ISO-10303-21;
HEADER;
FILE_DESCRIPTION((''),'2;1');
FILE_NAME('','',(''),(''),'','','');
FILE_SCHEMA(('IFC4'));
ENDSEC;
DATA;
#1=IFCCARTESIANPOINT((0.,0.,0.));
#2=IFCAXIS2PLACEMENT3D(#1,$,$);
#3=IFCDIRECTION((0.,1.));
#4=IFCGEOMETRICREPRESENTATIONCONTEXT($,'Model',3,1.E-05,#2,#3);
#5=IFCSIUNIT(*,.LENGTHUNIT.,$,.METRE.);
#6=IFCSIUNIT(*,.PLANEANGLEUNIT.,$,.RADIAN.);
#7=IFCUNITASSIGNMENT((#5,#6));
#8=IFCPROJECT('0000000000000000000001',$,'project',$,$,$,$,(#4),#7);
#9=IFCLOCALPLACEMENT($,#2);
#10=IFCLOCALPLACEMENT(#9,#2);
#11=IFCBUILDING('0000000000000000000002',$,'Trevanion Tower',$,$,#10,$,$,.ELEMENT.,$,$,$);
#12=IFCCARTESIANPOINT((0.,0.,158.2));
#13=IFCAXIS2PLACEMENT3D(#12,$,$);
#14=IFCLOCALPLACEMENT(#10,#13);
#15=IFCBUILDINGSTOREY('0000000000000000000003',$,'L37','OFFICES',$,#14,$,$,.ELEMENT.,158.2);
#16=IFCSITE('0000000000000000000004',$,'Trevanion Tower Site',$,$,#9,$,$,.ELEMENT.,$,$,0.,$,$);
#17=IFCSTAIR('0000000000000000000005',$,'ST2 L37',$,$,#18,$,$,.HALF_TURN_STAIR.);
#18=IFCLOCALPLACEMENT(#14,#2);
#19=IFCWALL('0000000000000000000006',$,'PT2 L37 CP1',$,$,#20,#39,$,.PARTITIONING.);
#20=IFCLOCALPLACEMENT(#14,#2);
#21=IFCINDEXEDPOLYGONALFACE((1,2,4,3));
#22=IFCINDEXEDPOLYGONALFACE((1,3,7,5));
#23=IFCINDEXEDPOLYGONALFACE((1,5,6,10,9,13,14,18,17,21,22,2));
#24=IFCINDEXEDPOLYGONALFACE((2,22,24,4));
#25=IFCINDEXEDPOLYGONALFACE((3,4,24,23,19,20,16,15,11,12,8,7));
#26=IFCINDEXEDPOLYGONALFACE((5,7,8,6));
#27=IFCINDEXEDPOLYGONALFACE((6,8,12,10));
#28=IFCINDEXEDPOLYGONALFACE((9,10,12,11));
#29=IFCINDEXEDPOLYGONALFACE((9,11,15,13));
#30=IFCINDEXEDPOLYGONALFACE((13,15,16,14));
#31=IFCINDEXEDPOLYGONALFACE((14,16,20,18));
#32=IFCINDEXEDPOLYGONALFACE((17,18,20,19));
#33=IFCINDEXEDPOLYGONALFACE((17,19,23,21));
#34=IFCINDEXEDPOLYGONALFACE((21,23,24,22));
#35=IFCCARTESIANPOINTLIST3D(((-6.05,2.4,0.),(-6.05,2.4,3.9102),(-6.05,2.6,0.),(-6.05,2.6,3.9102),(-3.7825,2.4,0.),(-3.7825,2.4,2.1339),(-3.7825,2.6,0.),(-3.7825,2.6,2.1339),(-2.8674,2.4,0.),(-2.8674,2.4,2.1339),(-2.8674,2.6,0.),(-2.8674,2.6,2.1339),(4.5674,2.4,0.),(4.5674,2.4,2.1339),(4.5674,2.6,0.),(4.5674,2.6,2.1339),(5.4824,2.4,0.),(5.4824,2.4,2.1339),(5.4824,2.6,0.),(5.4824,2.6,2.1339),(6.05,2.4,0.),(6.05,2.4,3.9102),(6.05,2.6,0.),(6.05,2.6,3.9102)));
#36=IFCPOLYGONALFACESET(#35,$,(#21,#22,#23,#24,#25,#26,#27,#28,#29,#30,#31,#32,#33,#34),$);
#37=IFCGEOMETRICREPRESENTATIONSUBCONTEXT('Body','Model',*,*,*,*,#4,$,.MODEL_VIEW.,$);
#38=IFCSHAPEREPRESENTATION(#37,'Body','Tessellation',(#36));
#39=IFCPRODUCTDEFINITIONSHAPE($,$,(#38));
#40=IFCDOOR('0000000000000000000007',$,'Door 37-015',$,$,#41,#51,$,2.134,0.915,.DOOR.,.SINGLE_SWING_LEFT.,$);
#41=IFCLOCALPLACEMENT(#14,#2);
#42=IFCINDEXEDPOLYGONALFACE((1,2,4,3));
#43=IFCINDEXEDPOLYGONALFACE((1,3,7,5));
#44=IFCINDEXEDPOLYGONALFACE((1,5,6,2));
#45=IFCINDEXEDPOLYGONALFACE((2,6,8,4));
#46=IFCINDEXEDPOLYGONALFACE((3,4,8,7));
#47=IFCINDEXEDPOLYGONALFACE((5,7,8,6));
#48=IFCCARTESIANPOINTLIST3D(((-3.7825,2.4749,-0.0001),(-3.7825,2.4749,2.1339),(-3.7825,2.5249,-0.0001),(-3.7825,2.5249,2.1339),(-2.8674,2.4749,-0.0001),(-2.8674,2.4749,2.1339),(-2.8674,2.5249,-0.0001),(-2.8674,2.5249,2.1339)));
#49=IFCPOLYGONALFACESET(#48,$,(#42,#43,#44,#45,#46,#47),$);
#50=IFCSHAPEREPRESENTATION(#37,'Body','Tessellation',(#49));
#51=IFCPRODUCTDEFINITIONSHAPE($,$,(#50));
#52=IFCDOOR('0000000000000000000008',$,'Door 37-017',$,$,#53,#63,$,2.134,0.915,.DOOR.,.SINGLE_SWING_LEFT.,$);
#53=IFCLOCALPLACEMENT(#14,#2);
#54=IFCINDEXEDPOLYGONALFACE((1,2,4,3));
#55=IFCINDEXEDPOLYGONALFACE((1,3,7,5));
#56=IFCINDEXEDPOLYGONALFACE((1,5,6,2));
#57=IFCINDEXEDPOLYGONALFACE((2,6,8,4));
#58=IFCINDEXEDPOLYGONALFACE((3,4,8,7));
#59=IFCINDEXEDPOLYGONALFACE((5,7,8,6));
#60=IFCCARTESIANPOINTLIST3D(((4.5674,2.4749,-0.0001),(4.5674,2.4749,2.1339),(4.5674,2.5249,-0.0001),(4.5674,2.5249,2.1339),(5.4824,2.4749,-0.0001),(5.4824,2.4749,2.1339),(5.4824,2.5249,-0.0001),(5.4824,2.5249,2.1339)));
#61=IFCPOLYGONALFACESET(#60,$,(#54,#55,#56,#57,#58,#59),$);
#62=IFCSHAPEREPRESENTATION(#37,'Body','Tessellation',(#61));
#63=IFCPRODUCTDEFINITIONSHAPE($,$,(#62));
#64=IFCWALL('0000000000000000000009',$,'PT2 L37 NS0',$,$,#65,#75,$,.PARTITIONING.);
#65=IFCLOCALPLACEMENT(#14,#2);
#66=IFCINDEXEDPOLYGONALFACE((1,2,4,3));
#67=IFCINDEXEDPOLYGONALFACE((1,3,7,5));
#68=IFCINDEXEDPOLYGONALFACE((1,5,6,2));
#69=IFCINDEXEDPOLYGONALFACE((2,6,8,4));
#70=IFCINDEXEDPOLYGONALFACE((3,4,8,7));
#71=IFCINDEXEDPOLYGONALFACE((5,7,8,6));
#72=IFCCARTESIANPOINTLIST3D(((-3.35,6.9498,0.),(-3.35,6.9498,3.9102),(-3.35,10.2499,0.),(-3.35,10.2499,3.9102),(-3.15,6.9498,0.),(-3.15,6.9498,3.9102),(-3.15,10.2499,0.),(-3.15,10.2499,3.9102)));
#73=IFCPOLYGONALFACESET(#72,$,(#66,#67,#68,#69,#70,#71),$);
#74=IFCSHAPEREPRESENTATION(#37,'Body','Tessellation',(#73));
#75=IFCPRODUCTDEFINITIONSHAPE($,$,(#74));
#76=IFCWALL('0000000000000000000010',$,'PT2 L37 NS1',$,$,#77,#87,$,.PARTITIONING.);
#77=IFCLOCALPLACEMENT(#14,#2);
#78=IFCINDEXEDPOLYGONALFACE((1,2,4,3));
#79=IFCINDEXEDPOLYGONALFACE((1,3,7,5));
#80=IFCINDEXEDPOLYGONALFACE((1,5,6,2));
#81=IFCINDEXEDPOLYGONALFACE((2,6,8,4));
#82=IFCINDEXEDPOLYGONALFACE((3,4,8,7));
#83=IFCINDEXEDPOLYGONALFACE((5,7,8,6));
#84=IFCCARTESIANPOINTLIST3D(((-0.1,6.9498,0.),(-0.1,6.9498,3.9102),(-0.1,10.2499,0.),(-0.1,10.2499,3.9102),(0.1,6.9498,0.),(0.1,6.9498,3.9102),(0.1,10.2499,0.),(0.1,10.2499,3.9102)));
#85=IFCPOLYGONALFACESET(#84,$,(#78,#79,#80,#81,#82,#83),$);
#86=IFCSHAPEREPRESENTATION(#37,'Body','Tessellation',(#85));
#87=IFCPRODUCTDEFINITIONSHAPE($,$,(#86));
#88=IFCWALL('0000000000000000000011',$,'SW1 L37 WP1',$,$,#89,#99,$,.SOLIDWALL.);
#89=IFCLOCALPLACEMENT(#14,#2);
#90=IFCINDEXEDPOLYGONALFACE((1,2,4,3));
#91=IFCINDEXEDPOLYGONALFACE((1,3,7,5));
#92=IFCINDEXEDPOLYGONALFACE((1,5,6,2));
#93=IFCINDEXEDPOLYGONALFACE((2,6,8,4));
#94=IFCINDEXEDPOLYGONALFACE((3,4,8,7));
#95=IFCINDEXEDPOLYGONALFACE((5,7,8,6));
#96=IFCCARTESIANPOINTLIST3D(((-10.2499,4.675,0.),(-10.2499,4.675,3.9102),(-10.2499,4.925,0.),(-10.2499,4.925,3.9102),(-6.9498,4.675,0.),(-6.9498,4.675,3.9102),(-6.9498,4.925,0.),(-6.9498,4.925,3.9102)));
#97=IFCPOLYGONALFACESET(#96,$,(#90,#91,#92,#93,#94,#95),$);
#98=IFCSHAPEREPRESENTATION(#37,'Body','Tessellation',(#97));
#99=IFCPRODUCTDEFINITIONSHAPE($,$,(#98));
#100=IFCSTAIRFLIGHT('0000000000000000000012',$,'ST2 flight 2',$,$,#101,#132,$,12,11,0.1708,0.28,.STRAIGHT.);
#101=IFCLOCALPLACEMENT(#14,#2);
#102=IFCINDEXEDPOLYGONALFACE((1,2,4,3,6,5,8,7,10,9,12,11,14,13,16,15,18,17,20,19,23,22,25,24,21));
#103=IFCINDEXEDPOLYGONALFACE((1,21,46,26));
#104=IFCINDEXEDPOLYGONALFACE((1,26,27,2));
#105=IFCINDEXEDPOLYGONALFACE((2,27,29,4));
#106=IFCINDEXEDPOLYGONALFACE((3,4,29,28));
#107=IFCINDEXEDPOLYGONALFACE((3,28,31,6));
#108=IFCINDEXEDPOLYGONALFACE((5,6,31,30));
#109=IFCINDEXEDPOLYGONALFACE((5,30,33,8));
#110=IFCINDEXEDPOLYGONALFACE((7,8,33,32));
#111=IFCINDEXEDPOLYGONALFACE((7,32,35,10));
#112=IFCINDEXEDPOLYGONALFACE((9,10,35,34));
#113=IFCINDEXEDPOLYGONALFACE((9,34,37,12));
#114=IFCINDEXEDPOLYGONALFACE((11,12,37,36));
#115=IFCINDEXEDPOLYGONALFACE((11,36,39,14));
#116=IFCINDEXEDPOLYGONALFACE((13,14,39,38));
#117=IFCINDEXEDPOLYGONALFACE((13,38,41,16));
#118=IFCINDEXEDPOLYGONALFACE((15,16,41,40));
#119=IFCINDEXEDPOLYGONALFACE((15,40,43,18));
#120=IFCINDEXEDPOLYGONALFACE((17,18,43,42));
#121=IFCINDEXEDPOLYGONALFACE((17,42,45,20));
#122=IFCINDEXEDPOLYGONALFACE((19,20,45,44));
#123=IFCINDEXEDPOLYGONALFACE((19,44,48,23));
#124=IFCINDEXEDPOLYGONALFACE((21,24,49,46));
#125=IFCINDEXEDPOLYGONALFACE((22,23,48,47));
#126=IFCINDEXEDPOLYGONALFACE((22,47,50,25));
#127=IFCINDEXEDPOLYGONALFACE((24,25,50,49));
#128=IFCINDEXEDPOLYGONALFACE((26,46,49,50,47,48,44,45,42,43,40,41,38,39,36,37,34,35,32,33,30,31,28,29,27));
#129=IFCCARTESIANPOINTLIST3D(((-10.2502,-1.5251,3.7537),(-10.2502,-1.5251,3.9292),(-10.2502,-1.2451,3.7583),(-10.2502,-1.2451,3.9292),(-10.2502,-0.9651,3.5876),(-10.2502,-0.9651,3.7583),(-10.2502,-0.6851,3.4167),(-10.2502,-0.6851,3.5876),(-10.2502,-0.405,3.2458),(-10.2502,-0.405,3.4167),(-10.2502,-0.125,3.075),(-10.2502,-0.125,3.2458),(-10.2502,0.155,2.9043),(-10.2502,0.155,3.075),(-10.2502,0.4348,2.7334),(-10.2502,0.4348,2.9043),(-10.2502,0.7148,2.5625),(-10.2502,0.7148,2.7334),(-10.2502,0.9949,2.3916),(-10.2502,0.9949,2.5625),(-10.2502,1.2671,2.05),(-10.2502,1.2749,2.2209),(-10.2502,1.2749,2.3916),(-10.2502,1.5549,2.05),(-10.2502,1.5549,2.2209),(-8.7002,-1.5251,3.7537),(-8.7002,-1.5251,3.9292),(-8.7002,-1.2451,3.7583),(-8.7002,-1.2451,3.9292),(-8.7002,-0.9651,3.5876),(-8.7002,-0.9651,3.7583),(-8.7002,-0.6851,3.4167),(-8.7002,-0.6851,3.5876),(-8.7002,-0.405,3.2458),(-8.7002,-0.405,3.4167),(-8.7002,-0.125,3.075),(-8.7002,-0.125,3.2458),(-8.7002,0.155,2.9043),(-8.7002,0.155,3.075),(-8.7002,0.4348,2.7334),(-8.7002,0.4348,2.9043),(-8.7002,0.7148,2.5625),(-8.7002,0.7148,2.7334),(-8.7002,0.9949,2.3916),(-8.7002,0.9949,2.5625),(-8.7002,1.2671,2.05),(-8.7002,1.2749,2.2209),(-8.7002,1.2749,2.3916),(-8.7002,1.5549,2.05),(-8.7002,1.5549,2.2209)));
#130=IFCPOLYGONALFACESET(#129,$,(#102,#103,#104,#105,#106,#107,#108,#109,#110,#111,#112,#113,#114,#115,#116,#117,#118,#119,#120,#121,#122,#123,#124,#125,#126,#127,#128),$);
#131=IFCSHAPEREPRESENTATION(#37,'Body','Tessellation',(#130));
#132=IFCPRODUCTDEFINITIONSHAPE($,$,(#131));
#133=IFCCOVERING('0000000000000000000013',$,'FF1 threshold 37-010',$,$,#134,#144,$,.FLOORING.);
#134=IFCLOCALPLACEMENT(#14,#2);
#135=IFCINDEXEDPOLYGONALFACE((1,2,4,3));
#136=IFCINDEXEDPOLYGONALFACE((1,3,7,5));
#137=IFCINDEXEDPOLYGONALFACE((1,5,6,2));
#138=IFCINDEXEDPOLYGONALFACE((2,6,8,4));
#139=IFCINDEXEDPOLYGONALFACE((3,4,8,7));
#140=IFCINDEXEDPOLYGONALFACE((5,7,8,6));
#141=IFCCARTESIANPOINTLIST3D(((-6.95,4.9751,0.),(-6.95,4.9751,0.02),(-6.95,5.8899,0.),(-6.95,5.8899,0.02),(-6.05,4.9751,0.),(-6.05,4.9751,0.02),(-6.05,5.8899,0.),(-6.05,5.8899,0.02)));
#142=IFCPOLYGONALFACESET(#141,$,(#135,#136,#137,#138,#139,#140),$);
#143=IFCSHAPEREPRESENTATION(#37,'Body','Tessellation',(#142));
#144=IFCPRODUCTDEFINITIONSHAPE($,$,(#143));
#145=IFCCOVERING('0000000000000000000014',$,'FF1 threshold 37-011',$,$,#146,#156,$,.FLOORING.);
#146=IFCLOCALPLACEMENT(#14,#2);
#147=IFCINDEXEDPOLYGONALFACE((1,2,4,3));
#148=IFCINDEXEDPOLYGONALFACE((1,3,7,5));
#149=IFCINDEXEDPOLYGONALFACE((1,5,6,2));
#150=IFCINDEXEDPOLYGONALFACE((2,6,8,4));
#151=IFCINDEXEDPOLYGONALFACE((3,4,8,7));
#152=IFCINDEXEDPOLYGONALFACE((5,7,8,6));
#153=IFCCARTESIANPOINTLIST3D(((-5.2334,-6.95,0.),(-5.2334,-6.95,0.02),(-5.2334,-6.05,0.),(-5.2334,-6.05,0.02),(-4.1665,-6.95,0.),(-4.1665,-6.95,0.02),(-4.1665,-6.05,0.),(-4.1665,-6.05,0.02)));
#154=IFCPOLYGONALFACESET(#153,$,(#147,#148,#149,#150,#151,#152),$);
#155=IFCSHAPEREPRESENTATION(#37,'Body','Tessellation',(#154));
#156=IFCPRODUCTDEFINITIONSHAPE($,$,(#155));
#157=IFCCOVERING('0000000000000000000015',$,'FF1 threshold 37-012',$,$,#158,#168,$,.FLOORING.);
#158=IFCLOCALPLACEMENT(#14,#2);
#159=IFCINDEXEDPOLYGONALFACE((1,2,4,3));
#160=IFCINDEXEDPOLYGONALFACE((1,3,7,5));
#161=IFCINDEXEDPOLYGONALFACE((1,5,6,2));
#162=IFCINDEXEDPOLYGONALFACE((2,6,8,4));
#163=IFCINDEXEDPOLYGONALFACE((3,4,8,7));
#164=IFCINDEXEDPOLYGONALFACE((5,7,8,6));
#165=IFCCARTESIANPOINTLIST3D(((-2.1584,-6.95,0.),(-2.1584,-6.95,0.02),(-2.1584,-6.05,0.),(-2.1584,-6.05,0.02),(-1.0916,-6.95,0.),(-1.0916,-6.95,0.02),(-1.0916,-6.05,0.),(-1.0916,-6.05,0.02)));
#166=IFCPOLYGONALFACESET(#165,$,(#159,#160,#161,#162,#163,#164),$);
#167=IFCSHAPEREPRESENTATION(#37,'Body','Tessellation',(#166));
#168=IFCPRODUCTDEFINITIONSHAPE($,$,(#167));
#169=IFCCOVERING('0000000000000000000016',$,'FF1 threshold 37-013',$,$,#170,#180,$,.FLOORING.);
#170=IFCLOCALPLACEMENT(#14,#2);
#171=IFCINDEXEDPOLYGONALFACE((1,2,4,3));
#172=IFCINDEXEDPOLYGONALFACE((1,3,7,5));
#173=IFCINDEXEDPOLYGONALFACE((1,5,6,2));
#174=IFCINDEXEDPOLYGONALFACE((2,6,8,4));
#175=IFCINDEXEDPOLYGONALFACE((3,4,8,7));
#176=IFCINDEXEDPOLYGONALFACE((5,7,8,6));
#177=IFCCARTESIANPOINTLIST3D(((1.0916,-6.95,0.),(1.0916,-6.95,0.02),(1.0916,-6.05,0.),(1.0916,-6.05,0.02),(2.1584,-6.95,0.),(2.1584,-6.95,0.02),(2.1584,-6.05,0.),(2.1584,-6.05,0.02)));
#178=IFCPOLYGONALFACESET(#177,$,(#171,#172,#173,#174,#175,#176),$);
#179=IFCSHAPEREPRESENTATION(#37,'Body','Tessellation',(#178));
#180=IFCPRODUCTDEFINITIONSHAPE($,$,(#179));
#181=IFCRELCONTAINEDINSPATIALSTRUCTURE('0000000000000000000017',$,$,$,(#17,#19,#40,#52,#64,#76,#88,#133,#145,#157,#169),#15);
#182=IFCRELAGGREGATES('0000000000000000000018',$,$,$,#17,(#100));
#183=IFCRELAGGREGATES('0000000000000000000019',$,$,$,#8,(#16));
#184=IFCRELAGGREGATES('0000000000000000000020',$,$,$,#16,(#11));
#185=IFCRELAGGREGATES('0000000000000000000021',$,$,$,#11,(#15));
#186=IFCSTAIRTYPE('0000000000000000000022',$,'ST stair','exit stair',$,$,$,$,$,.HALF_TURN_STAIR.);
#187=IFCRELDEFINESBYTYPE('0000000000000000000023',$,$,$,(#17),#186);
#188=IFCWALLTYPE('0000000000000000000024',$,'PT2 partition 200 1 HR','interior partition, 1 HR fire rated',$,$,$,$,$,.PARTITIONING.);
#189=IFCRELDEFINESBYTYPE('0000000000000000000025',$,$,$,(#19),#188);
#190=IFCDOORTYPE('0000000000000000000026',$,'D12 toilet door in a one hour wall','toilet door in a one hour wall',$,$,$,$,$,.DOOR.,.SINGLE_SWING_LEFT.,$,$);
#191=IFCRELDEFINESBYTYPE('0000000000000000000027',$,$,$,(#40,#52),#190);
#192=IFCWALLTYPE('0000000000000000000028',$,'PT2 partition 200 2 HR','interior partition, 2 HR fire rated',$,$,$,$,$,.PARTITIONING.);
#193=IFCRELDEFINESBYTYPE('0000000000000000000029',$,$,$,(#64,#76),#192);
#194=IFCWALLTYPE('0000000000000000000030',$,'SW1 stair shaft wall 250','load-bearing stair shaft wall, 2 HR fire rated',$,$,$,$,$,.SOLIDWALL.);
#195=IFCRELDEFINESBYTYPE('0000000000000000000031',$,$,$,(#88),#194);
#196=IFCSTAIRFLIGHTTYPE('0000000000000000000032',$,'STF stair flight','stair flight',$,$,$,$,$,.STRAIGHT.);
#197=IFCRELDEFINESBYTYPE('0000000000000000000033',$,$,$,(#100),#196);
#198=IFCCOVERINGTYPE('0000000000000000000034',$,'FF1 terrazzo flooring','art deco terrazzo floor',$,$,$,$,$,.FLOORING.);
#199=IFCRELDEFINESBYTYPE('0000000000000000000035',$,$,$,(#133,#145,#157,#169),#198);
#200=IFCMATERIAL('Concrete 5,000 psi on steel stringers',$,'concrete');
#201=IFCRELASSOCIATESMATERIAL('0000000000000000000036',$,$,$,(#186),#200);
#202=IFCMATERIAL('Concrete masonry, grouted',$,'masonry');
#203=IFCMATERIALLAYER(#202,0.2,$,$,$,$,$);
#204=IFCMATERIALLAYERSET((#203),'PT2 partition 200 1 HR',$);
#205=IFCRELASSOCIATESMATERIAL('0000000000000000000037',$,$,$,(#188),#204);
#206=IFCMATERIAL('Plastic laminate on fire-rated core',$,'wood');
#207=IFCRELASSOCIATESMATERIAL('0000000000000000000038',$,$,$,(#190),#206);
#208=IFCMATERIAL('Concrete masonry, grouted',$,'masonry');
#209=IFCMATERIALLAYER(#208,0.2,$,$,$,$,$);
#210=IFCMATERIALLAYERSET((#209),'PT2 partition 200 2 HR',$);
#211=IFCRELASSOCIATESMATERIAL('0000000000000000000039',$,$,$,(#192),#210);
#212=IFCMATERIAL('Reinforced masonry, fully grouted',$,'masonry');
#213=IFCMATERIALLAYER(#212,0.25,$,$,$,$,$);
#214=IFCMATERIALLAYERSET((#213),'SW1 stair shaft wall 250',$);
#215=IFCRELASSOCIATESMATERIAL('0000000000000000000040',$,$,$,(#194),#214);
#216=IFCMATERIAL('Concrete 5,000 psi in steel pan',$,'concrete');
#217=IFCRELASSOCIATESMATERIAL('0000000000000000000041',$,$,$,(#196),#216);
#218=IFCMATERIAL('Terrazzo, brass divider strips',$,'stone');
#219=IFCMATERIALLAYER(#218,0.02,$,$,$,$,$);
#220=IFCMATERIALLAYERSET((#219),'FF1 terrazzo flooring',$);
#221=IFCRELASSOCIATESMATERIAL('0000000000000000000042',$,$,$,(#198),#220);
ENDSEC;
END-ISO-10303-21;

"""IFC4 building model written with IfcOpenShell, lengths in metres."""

from ifc_helpers import new_model, si_unit, direction, frame, frame_2d, origin, place, context, subcontext, project, spatial, polyline, rectangle, outline, extrude, material, layer, layer_set, type_object, element, fill, aggregate, save


model = new_model("IFC4")

# Units and contexts
model_context = context("Model", 3, precision=1e-05, world=origin(), true_north=direction((0.0, 1.0)))
body_context = subcontext(model_context, "Body", "Model", "MODEL_VIEW")
ifc_project = project(units=[si_unit("LENGTHUNIT", "METRE"), si_unit("PLANEANGLEUNIT", "RADIAN")], contexts=[model_context])

# Site, building, storey
site_placement = place(None, origin())
site = spatial("IfcSite", under=ifc_project, at=site_placement, Name="Trevanion Tower Site", CompositionType="ELEMENT", RefElevation=0.0)
building_placement = place(site_placement, origin())
building = spatial("IfcBuilding", under=site, at=building_placement, Name="Trevanion Tower", CompositionType="ELEMENT")
storey_placement = place(building_placement, frame((0.0, 0.0, 158.2)))
storey = spatial("IfcBuildingStorey", under=building, at=storey_placement, Name="L37", Description="OFFICES", CompositionType="ELEMENT", Elevation=158.2)

# Shared definitions
ifc_material_1 = material(Name="Concrete 5,000 psi on steel stringers", Category="concrete")
stair_type = type_object("IfcStairType", Name="ST stair", Description="exit stair", PredefinedType="HALF_TURN_STAIR", material=ifc_material_1)

# Stair
stair_1_placement = place(storey_placement, origin())
stair_1 = element("IfcStair", 1, at=stair_1_placement, inside=storey, type_object=stair_type, Name="ST2 L37", PredefinedType="HALF_TURN_STAIR")

# Wall, openings, doors
ifc_material_2 = material(Name="Concrete masonry, grouted", Category="masonry")
ifc_layer_1 = layer(ifc_material_2, 0.2)
ifc_layer_set_1 = layer_set([ifc_layer_1], Name="PT2 partition 200 1 HR")
wall_type_1 = type_object("IfcWallType", Name="PT2 partition 200 1 HR", Description="interior partition, 1 HR fire rated", PredefinedType="PARTITIONING", material=ifc_layer_set_1)
wall_1_placement = place(storey_placement, frame((-6.05, 2.5, 0.0), z_axis=(0.0, 0.0, 1.0), x_axis=(1.0, 0.0, 0.0)))
wall_1 = element("IfcWall", 2, at=wall_1_placement, inside=storey, type_object=wall_type_1, Name="PT2 L37 CP1", PredefinedType="PARTITIONING", context=body_context, shape_type="SweptSolid", body=[
    extrude(rectangle(XDim=12.1001, YDim=0.2, at=frame_2d((6.05, 0.0))), origin(), (0.0, 0.0, 1.0), 3.9102),
])
opening_1_placement = place(wall_1_placement, frame((2.2676, 0.0, 0.0)))
opening_1 = element("IfcOpeningElement", 3, at=opening_1_placement, cuts=wall_1, PredefinedType="OPENING", context=body_context, shape_type="SweptSolid", body=[
    extrude(rectangle(XDim=0.915, YDim=2.134, at=frame_2d((0.4575, 1.0669))), frame((0.0, 0.1099, 0.0), z_axis=(0.0, -1.0, 0.0), x_axis=(1.0, 0.0, 0.0)), (0.0, 0.0, 1.0), 0.22),
])
opening_2_placement = place(wall_1_placement, frame((10.6174, 0.0, 0.0)))
opening_2 = element("IfcOpeningElement", 4, at=opening_2_placement, cuts=wall_1, PredefinedType="OPENING", context=body_context, shape_type="SweptSolid", body=[
    extrude(rectangle(XDim=0.915, YDim=2.134, at=frame_2d((0.4575, 1.0669))), frame((0.0, 0.1099, 0.0), z_axis=(0.0, -1.0, 0.0), x_axis=(1.0, 0.0, 0.0)), (0.0, 0.0, 1.0), 0.22),
])
ifc_material_3 = material(Name="Plastic laminate on fire-rated core", Category="wood")
door_type_1 = type_object("IfcDoorType", Name="D12 toilet door in a one hour wall", Description="toilet door in a one hour wall", OperationType="SINGLE_SWING_LEFT", PredefinedType="DOOR", material=ifc_material_3)
door_1_placement = place(opening_1_placement, origin())
door_1 = element("IfcDoor", 5, at=door_1_placement, inside=storey, type_object=door_type_1, Name="Door 37-015", OperationType="SINGLE_SWING_LEFT", OverallHeight=2.134, OverallWidth=0.915, PredefinedType="DOOR", context=body_context, shape_type="SweptSolid", body=[
    extrude(rectangle(XDim=0.915, YDim=2.134, at=frame_2d((0.4575, 1.0669))), frame((0.0, 0.0249, 0.0), z_axis=(0.0, -1.0, 0.0), x_axis=(1.0, 0.0, 0.0)), (0.0, 0.0, 1.0), 0.05),
])
fill(opening_1, door_1)
door_2_placement = place(opening_2_placement, origin())
door_2 = element("IfcDoor", 6, at=door_2_placement, inside=storey, type_object=door_type_1, Name="Door 37-017", OperationType="SINGLE_SWING_LEFT", OverallHeight=2.134, OverallWidth=0.915, PredefinedType="DOOR", context=body_context, shape_type="SweptSolid", body=[
    extrude(rectangle(XDim=0.915, YDim=2.134, at=frame_2d((0.4575, 1.0669))), frame((0.0, 0.0249, 0.0), z_axis=(0.0, -1.0, 0.0), x_axis=(1.0, 0.0, 0.0)), (0.0, 0.0, 1.0), 0.05),
])
fill(opening_2, door_2)

# Walls
ifc_material_4 = material(Name="Concrete masonry, grouted", Category="masonry")
ifc_layer_2 = layer(ifc_material_4, 0.2)
ifc_layer_set_2 = layer_set([ifc_layer_2], Name="PT2 partition 200 2 HR")
wall_type_2 = type_object("IfcWallType", Name="PT2 partition 200 2 HR", Description="interior partition, 2 HR fire rated", PredefinedType="PARTITIONING", material=ifc_layer_set_2)
for number, where, z_axis, x_axis, name in (
    (7, (-3.25, 6.95, 0.0), (0.0, 0.0, 1.0), (0.0, 1.0, 0.0), "PT2 L37 NS0"),
    (8, (0.0, 6.95, 0.0), (0.0, 0.0, 1.0), (0.0, 1.0, 0.0), "PT2 L37 NS1"),
):
    element("IfcWall", number, at=place(storey_placement, frame(where, z_axis=z_axis, x_axis=x_axis)), inside=storey, type_object=wall_type_2, Name=name, PredefinedType="PARTITIONING", context=body_context, shape_type="SweptSolid", body=[
        extrude(rectangle(XDim=3.3, YDim=0.2, at=frame_2d((1.6499, 0.0))), origin(), (0.0, 0.0, 1.0), 3.9102),
    ])
ifc_material_5 = material(Name="Reinforced masonry, fully grouted", Category="masonry")
ifc_layer_3 = layer(ifc_material_5, 0.25)
ifc_layer_set_3 = layer_set([ifc_layer_3], Name="SW1 stair shaft wall 250")
wall_type_3 = type_object("IfcWallType", Name="SW1 stair shaft wall 250", Description="load-bearing stair shaft wall, 2 HR fire rated", PredefinedType="SOLIDWALL", material=ifc_layer_set_3)
wall_2_placement = place(storey_placement, frame((-6.95, 4.8, 0.0), z_axis=(0.0, 0.0, 1.0), x_axis=(-1.0, 0.0, 0.0)))
element("IfcWall", 9, at=wall_2_placement, inside=storey, type_object=wall_type_3, Name="SW1 L37 WP1", PredefinedType="SOLIDWALL", context=body_context, shape_type="SweptSolid", body=[
    extrude(rectangle(XDim=3.3, YDim=0.25, at=frame_2d((1.6499, 0.0))), origin(), (0.0, 0.0, 1.0), 3.9102),
])

# Stair flight
ifc_material_6 = material(Name="Concrete 5,000 psi in steel pan", Category="concrete")
stair_flight_type = type_object("IfcStairFlightType", Name="STF stair flight", Description="stair flight", PredefinedType="STRAIGHT", material=ifc_material_6)
stair_flight_placement = place(storey_placement, frame((-9.4751, 1.5549, 2.05), z_axis=(0.0, 0.0, 1.0), x_axis=(0.0, -1.0, 0.0)))
stair_flight = element("IfcStairFlight", 10, at=stair_flight_placement, type_object=stair_flight_type, Name="ST2 flight 2", NumberOfRisers=12, NumberOfTreads=11, PredefinedType="STRAIGHT", RiserHeight=0.1708, TreadLength=0.28, context=body_context, shape_type="SweptSolid", body=[
    extrude(outline(polyline([(0.0, 0.0), (0.0, 0.1709), (0.28, 0.1709), (0.28, 0.3416), (0.5601, 0.3416), (0.5601, 0.5125), (0.8401, 0.5125), (0.8401, 0.6833), (1.1201, 0.6833), (1.1201, 0.8542), (1.3999, 0.8542), (1.3999, 1.0249), (1.6799, 1.0249), (1.6799, 1.1958), (1.96, 1.1958), (1.96, 1.3667), (2.24, 1.3667), (2.24, 1.5376), (2.52, 1.5376), (2.52, 1.7083), (2.8, 1.7083), (2.8, 1.8792), (3.0801, 1.8792), (3.0801, 2.05), (3.0801, 1.7036), (0.2878, 0.0), (0.0, 0.0)])), frame((0.0, 0.7749, 0.0), z_axis=(0.0, -1.0, 0.0), x_axis=(1.0, 0.0, 0.0)), (0.0, 0.0, 1.0), 1.55),
])
aggregate(stair_1, [stair_flight])

# Coverings
ifc_material_7 = material(Name="Terrazzo, brass divider strips", Category="stone")
ifc_layer_4 = layer(ifc_material_7, 0.02)
ifc_layer_set_4 = layer_set([ifc_layer_4], Name="FF1 terrazzo flooring")
covering_type = type_object("IfcCoveringType", Name="FF1 terrazzo flooring", Description="art deco terrazzo floor", PredefinedType="FLOORING", material=ifc_layer_set_4)
covering_1_placement = place(storey_placement, origin())
element("IfcCovering", 11, at=covering_1_placement, inside=storey, type_object=covering_type, Name="FF1 threshold 37-010", PredefinedType="FLOORING", context=body_context, shape_type="SweptSolid", body=[
    extrude(outline(polyline([(-6.95, 5.8899), (-6.95, 4.9751), (-6.05, 4.9751), (-6.05, 5.8899), (-6.95, 5.8899)])), origin(), (0.0, 0.0, 1.0), 0.02),
])
covering_2_placement = place(storey_placement, origin())
element("IfcCovering", 12, at=covering_2_placement, inside=storey, type_object=covering_type, Name="FF1 threshold 37-011", PredefinedType="FLOORING", context=body_context, shape_type="SweptSolid", body=[
    extrude(outline(polyline([(-5.2334, -6.95), (-4.1665, -6.95), (-4.1665, -6.05), (-5.2334, -6.05), (-5.2334, -6.95)])), origin(), (0.0, 0.0, 1.0), 0.02),
])
covering_3_placement = place(storey_placement, origin())
element("IfcCovering", 13, at=covering_3_placement, inside=storey, type_object=covering_type, Name="FF1 threshold 37-012", PredefinedType="FLOORING", context=body_context, shape_type="SweptSolid", body=[
    extrude(outline(polyline([(-2.1584, -6.95), (-1.0916, -6.95), (-1.0916, -6.05), (-2.1584, -6.05), (-2.1584, -6.95)])), origin(), (0.0, 0.0, 1.0), 0.02),
])
covering_4_placement = place(storey_placement, origin())
element("IfcCovering", 14, at=covering_4_placement, inside=storey, type_object=covering_type, Name="FF1 threshold 37-013", PredefinedType="FLOORING", context=body_context, shape_type="SweptSolid", body=[
    extrude(outline(polyline([(1.0916, -6.95), (2.1584, -6.95), (2.1584, -6.05), (1.0916, -6.05), (1.0916, -6.95)])), origin(), (0.0, 0.0, 1.0), 0.02),
])

save(model, "model.ifc")
